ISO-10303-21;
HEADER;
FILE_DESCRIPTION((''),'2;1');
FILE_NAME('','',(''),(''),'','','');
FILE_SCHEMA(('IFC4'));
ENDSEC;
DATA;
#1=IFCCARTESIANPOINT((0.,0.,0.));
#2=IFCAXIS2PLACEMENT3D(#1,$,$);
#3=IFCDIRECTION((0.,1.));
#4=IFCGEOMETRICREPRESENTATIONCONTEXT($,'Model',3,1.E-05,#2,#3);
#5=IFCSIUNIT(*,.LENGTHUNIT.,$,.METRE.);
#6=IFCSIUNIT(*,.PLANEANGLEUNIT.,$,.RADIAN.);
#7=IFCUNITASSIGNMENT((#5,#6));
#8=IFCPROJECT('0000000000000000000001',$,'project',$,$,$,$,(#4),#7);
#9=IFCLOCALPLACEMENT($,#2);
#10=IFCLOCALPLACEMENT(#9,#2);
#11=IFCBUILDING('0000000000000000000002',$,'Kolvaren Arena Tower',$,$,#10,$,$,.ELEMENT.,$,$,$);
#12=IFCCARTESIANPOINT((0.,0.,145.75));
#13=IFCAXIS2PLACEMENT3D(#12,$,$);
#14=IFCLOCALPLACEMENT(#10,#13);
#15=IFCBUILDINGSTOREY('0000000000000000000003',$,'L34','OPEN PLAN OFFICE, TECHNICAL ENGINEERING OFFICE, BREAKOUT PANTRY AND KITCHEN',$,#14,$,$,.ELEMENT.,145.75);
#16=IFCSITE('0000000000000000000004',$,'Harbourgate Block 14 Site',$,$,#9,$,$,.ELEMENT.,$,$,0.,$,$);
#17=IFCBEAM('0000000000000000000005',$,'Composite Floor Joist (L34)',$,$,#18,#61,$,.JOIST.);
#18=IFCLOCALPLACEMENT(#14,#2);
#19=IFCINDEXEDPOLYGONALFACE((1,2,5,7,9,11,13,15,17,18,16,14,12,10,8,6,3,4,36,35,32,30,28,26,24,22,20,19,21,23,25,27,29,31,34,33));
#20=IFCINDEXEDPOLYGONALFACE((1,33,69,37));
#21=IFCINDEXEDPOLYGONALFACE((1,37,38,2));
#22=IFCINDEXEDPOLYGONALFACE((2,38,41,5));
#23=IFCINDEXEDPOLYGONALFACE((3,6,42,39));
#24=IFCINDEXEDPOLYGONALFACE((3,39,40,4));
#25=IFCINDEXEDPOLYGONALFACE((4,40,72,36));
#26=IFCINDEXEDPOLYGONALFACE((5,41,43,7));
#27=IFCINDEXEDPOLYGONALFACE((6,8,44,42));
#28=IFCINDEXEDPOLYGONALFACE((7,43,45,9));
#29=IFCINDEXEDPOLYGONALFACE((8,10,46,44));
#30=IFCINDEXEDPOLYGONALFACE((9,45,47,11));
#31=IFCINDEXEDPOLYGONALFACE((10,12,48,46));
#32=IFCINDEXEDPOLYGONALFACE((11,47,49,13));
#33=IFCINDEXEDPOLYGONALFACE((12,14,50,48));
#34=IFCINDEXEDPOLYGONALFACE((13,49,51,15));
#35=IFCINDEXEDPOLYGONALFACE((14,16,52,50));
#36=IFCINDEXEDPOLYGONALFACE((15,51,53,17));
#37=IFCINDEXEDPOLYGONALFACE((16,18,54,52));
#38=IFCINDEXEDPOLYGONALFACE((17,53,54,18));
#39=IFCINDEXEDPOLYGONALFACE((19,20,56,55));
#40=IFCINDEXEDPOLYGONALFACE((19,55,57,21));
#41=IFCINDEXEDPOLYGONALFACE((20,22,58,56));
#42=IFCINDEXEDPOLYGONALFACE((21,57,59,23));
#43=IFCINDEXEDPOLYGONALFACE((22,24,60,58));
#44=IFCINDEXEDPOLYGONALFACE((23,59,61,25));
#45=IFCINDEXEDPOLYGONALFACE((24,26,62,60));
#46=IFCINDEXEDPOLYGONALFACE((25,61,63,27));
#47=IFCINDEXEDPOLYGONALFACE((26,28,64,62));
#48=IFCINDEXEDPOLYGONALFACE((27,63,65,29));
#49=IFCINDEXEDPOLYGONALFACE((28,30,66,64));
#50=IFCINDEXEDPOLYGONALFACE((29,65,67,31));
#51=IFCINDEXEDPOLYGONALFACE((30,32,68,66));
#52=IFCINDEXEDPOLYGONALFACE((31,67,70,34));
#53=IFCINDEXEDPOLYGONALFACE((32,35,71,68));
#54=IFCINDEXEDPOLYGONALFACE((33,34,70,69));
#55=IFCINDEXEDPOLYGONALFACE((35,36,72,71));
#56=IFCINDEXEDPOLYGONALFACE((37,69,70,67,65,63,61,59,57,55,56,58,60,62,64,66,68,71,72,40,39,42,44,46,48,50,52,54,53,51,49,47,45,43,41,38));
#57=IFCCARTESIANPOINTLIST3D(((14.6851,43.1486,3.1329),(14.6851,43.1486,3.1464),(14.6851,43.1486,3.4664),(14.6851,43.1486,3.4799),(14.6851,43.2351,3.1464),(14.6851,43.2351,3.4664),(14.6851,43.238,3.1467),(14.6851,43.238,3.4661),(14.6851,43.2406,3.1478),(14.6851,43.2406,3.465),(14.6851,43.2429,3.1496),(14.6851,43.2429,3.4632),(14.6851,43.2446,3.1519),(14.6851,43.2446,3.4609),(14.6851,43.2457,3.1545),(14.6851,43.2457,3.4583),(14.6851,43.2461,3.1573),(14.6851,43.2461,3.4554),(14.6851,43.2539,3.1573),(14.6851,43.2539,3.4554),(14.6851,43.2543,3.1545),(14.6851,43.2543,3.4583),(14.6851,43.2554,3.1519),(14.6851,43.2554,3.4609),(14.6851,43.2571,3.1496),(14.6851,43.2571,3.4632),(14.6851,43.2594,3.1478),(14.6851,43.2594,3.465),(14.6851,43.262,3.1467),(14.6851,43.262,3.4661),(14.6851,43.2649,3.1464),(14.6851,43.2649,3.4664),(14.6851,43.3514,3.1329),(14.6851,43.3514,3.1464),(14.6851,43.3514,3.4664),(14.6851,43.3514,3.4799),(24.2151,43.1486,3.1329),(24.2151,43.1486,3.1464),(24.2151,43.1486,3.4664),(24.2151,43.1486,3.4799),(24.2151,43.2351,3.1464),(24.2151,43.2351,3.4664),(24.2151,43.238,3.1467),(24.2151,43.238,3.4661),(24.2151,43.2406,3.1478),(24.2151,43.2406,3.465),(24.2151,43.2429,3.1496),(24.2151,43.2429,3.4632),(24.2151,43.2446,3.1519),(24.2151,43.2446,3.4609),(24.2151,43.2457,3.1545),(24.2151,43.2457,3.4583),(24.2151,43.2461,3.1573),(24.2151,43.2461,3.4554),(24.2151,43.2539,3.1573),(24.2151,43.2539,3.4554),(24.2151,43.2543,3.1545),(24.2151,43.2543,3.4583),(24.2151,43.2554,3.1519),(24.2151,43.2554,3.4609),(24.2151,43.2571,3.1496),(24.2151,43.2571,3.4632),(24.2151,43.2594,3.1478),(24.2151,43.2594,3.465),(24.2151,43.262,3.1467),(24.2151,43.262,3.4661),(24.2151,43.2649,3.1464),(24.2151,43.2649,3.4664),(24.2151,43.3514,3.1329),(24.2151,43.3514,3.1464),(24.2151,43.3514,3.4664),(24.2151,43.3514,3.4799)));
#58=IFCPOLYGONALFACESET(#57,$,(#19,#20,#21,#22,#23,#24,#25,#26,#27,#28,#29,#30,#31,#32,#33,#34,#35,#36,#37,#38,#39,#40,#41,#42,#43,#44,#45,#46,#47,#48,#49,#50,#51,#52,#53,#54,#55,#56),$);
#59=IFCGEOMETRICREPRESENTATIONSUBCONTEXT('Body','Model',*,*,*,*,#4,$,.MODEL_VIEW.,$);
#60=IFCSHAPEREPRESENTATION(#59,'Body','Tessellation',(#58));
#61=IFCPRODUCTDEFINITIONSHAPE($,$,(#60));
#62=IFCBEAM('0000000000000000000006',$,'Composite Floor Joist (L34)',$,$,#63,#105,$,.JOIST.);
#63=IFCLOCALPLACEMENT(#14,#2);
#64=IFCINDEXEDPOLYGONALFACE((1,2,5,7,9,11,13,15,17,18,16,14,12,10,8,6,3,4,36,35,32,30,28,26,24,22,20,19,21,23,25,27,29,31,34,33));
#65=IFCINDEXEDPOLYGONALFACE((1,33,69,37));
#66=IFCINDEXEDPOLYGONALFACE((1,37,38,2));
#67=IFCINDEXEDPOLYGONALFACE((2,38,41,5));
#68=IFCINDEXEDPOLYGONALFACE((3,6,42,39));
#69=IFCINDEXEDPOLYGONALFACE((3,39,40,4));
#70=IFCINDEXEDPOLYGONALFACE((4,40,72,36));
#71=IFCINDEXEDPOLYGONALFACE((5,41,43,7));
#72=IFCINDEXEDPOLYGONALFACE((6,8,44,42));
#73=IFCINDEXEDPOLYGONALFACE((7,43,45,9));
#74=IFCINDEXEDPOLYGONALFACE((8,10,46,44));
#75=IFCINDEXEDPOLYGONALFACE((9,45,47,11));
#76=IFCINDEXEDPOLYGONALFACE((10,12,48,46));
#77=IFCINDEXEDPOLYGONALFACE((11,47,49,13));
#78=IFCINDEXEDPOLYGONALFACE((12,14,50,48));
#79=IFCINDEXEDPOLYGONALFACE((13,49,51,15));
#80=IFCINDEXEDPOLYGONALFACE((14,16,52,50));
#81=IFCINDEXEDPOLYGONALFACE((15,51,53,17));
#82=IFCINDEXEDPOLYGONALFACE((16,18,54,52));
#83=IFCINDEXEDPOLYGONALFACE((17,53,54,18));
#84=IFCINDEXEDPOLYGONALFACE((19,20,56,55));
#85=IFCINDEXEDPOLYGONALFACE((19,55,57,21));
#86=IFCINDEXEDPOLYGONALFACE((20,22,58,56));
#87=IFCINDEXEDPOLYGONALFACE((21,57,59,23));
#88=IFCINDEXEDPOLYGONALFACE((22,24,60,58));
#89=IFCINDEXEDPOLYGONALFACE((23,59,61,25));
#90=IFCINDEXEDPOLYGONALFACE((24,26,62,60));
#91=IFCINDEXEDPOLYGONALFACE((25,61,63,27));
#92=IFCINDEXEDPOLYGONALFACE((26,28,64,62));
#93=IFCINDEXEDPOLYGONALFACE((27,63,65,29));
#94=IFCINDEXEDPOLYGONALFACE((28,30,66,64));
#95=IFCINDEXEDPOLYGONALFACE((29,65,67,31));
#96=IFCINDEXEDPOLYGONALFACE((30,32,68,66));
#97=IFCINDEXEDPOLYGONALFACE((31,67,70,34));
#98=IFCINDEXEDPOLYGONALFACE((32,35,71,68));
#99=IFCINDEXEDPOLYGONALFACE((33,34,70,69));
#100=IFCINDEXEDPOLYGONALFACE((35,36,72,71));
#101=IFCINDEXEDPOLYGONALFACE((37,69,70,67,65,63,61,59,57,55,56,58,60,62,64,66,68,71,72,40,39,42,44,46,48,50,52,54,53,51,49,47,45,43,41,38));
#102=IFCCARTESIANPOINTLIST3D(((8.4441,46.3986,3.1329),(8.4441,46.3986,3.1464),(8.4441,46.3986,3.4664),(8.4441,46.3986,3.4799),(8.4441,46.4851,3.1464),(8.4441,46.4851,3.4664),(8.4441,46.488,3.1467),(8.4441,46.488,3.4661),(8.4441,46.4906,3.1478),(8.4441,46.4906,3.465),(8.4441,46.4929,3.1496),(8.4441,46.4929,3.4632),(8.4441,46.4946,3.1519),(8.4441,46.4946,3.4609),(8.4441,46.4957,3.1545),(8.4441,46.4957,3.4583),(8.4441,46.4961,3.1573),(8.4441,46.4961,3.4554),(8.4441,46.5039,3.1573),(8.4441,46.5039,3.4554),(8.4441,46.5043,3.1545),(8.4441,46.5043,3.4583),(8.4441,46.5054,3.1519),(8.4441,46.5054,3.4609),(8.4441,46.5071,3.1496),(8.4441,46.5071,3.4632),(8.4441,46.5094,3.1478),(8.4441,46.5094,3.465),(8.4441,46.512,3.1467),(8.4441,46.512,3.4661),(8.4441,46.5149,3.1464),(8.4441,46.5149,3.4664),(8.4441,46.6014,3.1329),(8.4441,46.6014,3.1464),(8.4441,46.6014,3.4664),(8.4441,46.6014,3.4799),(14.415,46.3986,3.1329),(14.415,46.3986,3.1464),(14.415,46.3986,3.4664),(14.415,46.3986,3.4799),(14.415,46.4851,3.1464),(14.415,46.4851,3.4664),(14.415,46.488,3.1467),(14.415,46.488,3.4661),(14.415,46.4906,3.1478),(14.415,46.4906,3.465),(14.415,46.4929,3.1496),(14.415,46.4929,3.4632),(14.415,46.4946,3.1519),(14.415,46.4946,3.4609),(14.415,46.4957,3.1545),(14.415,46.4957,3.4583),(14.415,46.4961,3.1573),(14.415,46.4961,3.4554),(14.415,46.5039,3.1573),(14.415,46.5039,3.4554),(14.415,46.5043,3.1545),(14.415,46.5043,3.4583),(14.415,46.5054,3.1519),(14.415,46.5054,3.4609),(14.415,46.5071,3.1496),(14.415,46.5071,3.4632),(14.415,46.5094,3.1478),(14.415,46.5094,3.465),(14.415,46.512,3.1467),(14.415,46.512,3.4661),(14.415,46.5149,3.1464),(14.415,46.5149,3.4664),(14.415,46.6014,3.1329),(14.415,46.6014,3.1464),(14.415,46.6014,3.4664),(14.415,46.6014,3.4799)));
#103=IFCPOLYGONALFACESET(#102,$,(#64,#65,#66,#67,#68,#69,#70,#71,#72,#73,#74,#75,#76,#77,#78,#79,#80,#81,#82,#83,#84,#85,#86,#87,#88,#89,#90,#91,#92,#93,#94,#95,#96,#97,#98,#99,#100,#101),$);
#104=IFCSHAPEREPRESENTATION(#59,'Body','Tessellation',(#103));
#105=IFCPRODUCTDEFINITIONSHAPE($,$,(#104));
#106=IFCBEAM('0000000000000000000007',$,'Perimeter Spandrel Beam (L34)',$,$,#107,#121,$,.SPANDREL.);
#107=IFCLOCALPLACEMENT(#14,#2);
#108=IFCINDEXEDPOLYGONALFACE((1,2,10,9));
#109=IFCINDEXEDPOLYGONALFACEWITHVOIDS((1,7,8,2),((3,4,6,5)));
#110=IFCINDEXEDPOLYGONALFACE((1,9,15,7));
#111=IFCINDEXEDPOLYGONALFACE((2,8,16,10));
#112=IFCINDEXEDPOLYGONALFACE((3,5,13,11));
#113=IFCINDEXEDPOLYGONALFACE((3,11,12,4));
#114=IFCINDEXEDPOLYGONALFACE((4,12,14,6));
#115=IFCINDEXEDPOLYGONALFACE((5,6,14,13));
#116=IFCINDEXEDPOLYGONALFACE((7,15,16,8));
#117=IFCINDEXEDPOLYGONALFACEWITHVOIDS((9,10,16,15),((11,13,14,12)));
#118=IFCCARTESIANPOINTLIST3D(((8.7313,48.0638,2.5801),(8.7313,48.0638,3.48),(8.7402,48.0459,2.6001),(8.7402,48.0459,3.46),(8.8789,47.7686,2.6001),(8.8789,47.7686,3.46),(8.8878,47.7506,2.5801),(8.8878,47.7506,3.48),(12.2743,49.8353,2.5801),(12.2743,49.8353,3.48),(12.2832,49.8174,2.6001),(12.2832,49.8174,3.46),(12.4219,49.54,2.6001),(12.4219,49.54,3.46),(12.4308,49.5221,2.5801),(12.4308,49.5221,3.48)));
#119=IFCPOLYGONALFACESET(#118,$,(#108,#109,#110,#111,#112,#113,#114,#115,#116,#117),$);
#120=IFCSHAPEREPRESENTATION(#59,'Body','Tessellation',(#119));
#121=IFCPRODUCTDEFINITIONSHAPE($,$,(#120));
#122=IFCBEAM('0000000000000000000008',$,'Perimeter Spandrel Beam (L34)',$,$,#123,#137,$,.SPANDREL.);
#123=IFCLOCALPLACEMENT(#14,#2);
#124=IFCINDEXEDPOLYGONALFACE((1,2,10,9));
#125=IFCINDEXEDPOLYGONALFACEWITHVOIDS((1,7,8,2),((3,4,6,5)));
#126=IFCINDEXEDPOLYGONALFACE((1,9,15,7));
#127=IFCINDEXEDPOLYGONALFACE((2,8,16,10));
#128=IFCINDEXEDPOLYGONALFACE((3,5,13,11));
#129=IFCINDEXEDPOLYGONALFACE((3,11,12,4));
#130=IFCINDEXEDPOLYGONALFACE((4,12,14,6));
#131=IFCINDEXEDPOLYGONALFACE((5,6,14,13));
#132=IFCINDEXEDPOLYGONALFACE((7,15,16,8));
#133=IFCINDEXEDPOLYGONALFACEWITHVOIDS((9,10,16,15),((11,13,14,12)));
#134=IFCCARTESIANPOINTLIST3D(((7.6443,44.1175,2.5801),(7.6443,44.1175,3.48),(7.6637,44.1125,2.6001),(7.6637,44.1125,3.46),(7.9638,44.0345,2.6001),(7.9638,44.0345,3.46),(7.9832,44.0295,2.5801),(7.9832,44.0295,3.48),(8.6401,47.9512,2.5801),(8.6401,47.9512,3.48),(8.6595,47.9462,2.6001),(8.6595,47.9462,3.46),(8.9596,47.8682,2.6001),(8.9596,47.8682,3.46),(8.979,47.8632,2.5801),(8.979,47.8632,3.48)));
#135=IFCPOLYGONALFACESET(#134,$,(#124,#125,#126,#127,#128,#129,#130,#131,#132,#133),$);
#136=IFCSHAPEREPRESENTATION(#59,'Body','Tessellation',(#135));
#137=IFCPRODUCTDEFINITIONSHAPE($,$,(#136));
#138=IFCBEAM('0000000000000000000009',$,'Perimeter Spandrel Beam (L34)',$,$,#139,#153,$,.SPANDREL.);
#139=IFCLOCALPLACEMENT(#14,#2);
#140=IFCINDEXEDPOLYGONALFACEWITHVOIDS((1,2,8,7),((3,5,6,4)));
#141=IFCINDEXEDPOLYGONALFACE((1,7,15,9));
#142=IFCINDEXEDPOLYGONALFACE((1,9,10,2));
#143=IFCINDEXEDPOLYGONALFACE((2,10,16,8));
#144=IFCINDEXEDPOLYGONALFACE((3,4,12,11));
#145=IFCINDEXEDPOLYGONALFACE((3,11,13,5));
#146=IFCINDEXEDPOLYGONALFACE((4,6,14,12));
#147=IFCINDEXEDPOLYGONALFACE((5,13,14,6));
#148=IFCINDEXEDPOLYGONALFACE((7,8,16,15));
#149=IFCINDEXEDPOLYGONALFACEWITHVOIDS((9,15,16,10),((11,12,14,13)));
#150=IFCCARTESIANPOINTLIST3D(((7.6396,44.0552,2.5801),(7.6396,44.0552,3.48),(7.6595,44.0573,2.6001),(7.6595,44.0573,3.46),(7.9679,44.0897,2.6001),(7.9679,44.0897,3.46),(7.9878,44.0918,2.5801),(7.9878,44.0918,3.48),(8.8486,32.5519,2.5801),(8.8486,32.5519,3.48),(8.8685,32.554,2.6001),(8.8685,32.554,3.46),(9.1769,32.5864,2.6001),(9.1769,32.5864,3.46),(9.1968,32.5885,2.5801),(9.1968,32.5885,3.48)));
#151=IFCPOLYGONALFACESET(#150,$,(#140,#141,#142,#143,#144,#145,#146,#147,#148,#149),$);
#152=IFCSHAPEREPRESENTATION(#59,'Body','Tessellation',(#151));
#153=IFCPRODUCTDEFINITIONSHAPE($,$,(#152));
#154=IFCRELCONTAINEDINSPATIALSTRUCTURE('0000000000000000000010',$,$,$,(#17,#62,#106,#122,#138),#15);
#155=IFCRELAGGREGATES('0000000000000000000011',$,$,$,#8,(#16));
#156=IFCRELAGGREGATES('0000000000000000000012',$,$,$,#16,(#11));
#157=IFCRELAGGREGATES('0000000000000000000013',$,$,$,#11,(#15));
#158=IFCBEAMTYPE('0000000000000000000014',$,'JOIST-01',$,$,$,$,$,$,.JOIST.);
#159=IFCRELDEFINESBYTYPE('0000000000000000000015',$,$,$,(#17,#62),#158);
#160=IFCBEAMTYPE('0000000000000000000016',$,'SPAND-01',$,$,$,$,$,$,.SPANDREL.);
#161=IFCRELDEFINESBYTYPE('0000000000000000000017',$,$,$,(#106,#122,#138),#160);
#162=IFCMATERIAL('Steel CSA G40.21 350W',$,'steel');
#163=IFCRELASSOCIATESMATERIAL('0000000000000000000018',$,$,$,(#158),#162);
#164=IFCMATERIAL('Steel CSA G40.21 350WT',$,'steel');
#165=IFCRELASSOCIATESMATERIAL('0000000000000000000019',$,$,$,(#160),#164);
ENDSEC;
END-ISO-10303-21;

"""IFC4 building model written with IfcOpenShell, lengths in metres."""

from ifc_helpers import new_model, si_unit, direction, frame, origin, origin_2d, place, context, subcontext, project, spatial, hollow_rectangle, i_section, extrude, material, material_profile, profile_set, type_object, element, save


model = new_model("IFC4")

# Units and contexts
model_context = context("Model", 3, precision=1e-05, world=origin(), true_north=direction((0.0, 1.0)))
body_context = subcontext(model_context, "Body", "Model", "MODEL_VIEW")
ifc_project = project(units=[si_unit("LENGTHUNIT", "METRE"), si_unit("PLANEANGLEUNIT", "RADIAN")], contexts=[model_context])

# Site, building, storey
site_placement = place(None, origin())
site = spatial("IfcSite", under=ifc_project, at=site_placement, Name="Harbourgate Block 14 Site", CompositionType="ELEMENT", RefElevation=0.0)
building_placement = place(site_placement, origin())
building = spatial("IfcBuilding", under=site, at=building_placement, Name="Kolvaren Arena Tower", CompositionType="ELEMENT")
storey_placement = place(building_placement, frame((0.0, 0.0, 145.75)))
storey = spatial("IfcBuildingStorey", under=building, at=storey_placement, Name="L34", Description="OPEN PLAN OFFICE, TECHNICAL ENGINEERING OFFICE, BREAKOUT PANTRY AND KITCHEN", CompositionType="ELEMENT", Elevation=145.75)

# Beams
ifc_material_1 = material(Name="Steel CSA G40.21 350W", Category="steel")
ifc_material_profile_1 = material_profile(ifc_material_1, i_section(OverallWidth=0.2029, OverallDepth=0.3469, WebThickness=0.0078, FlangeThickness=0.0134, FilletRadius=0.011, at=origin_2d()), Name="W360x64")
ifc_profile_set_1 = profile_set([ifc_material_profile_1], Name="Steel CSA G40.21 350W")
beam_type_1 = type_object("IfcBeamType", Name="JOIST-01", PredefinedType="JOIST", material=ifc_profile_set_1)
beam_1_placement = place(storey_placement, frame((14.6851, 43.25, 3.3064), z_axis=(1.0, 0.0, 0.0), x_axis=(0.0, 1.0, 0.0)))
element("IfcBeam", 1, at=beam_1_placement, inside=storey, type_object=beam_type_1, Name="Composite Floor Joist (L34)", PredefinedType="JOIST", context=body_context, shape_type="SweptSolid", body=[
    extrude(i_section(OverallWidth=0.2029, OverallDepth=0.3469, WebThickness=0.0078, FlangeThickness=0.0134, FilletRadius=0.011, at=origin_2d()), origin(), (0.0, 0.0, 1.0), 9.53),
])
beam_2_placement = place(storey_placement, frame((8.4441, 46.5, 3.3064), z_axis=(1.0, 0.0, 0.0), x_axis=(0.0, 1.0, 0.0)))
element("IfcBeam", 2, at=beam_2_placement, inside=storey, type_object=beam_type_1, Name="Composite Floor Joist (L34)", PredefinedType="JOIST", context=body_context, shape_type="SweptSolid", body=[
    extrude(i_section(OverallWidth=0.2029, OverallDepth=0.3469, WebThickness=0.0078, FlangeThickness=0.0134, FilletRadius=0.011, at=origin_2d()), origin(), (0.0, 0.0, 1.0), 5.9709),
])
ifc_material_2 = material(Name="Steel CSA G40.21 350WT", Category="steel")
ifc_material_profile_2 = material_profile(ifc_material_2, hollow_rectangle(XDim=0.3501, YDim=0.8999, WallThickness=0.02, at=origin_2d()), Name="HSS 900x350x20")
ifc_profile_set_2 = profile_set([ifc_material_profile_2], Name="Steel CSA G40.21 350WT")
beam_type_2 = type_object("IfcBeamType", Name="SPAND-01", PredefinedType="SPANDREL", material=ifc_profile_set_2)
beam_3_placement = place(storey_placement, frame((12.3525, 49.6787, 3.03), z_axis=(-0.894427, -0.447214, 0.0), x_axis=(0.447214, -0.894427, 0.0)))
element("IfcBeam", 3, at=beam_3_placement, inside=storey, type_object=beam_type_2, Name="Perimeter Spandrel Beam (L34)", PredefinedType="SPANDREL", context=body_context, shape_type="SweptSolid", body=[
    extrude(hollow_rectangle(XDim=0.3501, YDim=0.8999, WallThickness=0.02, at=origin_2d()), origin(), (0.0, 0.0, 1.0), 3.9612),
])
beam_4_placement = place(storey_placement, frame((8.8096, 47.9072, 3.03), z_axis=(-0.251416, -0.967879, 0.0), x_axis=(0.967879, -0.251416, 0.0)))
element("IfcBeam", 4, at=beam_4_placement, inside=storey, type_object=beam_type_2, Name="Perimeter Spandrel Beam (L34)", PredefinedType="SPANDREL", context=body_context, shape_type="SweptSolid", body=[
    extrude(hollow_rectangle(XDim=0.3501, YDim=0.8999, WallThickness=0.02, at=origin_2d()), origin(), (0.0, 0.0, 1.0), 3.9609),
])
beam_5_placement = place(storey_placement, frame((7.8137, 44.0735, 3.03), z_axis=(0.104524, -0.994522, 0.0), x_axis=(0.994522, 0.104524, 0.0)))
element("IfcBeam", 5, at=beam_5_placement, inside=storey, type_object=beam_type_2, Name="Perimeter Spandrel Beam (L34)", PredefinedType="SPANDREL", context=body_context, shape_type="SweptSolid", body=[
    extrude(hollow_rectangle(XDim=0.3501, YDim=0.8999, WallThickness=0.02, at=origin_2d()), origin(), (0.0, 0.0, 1.0), 11.5667),
])

save(model, "model.ifc")
